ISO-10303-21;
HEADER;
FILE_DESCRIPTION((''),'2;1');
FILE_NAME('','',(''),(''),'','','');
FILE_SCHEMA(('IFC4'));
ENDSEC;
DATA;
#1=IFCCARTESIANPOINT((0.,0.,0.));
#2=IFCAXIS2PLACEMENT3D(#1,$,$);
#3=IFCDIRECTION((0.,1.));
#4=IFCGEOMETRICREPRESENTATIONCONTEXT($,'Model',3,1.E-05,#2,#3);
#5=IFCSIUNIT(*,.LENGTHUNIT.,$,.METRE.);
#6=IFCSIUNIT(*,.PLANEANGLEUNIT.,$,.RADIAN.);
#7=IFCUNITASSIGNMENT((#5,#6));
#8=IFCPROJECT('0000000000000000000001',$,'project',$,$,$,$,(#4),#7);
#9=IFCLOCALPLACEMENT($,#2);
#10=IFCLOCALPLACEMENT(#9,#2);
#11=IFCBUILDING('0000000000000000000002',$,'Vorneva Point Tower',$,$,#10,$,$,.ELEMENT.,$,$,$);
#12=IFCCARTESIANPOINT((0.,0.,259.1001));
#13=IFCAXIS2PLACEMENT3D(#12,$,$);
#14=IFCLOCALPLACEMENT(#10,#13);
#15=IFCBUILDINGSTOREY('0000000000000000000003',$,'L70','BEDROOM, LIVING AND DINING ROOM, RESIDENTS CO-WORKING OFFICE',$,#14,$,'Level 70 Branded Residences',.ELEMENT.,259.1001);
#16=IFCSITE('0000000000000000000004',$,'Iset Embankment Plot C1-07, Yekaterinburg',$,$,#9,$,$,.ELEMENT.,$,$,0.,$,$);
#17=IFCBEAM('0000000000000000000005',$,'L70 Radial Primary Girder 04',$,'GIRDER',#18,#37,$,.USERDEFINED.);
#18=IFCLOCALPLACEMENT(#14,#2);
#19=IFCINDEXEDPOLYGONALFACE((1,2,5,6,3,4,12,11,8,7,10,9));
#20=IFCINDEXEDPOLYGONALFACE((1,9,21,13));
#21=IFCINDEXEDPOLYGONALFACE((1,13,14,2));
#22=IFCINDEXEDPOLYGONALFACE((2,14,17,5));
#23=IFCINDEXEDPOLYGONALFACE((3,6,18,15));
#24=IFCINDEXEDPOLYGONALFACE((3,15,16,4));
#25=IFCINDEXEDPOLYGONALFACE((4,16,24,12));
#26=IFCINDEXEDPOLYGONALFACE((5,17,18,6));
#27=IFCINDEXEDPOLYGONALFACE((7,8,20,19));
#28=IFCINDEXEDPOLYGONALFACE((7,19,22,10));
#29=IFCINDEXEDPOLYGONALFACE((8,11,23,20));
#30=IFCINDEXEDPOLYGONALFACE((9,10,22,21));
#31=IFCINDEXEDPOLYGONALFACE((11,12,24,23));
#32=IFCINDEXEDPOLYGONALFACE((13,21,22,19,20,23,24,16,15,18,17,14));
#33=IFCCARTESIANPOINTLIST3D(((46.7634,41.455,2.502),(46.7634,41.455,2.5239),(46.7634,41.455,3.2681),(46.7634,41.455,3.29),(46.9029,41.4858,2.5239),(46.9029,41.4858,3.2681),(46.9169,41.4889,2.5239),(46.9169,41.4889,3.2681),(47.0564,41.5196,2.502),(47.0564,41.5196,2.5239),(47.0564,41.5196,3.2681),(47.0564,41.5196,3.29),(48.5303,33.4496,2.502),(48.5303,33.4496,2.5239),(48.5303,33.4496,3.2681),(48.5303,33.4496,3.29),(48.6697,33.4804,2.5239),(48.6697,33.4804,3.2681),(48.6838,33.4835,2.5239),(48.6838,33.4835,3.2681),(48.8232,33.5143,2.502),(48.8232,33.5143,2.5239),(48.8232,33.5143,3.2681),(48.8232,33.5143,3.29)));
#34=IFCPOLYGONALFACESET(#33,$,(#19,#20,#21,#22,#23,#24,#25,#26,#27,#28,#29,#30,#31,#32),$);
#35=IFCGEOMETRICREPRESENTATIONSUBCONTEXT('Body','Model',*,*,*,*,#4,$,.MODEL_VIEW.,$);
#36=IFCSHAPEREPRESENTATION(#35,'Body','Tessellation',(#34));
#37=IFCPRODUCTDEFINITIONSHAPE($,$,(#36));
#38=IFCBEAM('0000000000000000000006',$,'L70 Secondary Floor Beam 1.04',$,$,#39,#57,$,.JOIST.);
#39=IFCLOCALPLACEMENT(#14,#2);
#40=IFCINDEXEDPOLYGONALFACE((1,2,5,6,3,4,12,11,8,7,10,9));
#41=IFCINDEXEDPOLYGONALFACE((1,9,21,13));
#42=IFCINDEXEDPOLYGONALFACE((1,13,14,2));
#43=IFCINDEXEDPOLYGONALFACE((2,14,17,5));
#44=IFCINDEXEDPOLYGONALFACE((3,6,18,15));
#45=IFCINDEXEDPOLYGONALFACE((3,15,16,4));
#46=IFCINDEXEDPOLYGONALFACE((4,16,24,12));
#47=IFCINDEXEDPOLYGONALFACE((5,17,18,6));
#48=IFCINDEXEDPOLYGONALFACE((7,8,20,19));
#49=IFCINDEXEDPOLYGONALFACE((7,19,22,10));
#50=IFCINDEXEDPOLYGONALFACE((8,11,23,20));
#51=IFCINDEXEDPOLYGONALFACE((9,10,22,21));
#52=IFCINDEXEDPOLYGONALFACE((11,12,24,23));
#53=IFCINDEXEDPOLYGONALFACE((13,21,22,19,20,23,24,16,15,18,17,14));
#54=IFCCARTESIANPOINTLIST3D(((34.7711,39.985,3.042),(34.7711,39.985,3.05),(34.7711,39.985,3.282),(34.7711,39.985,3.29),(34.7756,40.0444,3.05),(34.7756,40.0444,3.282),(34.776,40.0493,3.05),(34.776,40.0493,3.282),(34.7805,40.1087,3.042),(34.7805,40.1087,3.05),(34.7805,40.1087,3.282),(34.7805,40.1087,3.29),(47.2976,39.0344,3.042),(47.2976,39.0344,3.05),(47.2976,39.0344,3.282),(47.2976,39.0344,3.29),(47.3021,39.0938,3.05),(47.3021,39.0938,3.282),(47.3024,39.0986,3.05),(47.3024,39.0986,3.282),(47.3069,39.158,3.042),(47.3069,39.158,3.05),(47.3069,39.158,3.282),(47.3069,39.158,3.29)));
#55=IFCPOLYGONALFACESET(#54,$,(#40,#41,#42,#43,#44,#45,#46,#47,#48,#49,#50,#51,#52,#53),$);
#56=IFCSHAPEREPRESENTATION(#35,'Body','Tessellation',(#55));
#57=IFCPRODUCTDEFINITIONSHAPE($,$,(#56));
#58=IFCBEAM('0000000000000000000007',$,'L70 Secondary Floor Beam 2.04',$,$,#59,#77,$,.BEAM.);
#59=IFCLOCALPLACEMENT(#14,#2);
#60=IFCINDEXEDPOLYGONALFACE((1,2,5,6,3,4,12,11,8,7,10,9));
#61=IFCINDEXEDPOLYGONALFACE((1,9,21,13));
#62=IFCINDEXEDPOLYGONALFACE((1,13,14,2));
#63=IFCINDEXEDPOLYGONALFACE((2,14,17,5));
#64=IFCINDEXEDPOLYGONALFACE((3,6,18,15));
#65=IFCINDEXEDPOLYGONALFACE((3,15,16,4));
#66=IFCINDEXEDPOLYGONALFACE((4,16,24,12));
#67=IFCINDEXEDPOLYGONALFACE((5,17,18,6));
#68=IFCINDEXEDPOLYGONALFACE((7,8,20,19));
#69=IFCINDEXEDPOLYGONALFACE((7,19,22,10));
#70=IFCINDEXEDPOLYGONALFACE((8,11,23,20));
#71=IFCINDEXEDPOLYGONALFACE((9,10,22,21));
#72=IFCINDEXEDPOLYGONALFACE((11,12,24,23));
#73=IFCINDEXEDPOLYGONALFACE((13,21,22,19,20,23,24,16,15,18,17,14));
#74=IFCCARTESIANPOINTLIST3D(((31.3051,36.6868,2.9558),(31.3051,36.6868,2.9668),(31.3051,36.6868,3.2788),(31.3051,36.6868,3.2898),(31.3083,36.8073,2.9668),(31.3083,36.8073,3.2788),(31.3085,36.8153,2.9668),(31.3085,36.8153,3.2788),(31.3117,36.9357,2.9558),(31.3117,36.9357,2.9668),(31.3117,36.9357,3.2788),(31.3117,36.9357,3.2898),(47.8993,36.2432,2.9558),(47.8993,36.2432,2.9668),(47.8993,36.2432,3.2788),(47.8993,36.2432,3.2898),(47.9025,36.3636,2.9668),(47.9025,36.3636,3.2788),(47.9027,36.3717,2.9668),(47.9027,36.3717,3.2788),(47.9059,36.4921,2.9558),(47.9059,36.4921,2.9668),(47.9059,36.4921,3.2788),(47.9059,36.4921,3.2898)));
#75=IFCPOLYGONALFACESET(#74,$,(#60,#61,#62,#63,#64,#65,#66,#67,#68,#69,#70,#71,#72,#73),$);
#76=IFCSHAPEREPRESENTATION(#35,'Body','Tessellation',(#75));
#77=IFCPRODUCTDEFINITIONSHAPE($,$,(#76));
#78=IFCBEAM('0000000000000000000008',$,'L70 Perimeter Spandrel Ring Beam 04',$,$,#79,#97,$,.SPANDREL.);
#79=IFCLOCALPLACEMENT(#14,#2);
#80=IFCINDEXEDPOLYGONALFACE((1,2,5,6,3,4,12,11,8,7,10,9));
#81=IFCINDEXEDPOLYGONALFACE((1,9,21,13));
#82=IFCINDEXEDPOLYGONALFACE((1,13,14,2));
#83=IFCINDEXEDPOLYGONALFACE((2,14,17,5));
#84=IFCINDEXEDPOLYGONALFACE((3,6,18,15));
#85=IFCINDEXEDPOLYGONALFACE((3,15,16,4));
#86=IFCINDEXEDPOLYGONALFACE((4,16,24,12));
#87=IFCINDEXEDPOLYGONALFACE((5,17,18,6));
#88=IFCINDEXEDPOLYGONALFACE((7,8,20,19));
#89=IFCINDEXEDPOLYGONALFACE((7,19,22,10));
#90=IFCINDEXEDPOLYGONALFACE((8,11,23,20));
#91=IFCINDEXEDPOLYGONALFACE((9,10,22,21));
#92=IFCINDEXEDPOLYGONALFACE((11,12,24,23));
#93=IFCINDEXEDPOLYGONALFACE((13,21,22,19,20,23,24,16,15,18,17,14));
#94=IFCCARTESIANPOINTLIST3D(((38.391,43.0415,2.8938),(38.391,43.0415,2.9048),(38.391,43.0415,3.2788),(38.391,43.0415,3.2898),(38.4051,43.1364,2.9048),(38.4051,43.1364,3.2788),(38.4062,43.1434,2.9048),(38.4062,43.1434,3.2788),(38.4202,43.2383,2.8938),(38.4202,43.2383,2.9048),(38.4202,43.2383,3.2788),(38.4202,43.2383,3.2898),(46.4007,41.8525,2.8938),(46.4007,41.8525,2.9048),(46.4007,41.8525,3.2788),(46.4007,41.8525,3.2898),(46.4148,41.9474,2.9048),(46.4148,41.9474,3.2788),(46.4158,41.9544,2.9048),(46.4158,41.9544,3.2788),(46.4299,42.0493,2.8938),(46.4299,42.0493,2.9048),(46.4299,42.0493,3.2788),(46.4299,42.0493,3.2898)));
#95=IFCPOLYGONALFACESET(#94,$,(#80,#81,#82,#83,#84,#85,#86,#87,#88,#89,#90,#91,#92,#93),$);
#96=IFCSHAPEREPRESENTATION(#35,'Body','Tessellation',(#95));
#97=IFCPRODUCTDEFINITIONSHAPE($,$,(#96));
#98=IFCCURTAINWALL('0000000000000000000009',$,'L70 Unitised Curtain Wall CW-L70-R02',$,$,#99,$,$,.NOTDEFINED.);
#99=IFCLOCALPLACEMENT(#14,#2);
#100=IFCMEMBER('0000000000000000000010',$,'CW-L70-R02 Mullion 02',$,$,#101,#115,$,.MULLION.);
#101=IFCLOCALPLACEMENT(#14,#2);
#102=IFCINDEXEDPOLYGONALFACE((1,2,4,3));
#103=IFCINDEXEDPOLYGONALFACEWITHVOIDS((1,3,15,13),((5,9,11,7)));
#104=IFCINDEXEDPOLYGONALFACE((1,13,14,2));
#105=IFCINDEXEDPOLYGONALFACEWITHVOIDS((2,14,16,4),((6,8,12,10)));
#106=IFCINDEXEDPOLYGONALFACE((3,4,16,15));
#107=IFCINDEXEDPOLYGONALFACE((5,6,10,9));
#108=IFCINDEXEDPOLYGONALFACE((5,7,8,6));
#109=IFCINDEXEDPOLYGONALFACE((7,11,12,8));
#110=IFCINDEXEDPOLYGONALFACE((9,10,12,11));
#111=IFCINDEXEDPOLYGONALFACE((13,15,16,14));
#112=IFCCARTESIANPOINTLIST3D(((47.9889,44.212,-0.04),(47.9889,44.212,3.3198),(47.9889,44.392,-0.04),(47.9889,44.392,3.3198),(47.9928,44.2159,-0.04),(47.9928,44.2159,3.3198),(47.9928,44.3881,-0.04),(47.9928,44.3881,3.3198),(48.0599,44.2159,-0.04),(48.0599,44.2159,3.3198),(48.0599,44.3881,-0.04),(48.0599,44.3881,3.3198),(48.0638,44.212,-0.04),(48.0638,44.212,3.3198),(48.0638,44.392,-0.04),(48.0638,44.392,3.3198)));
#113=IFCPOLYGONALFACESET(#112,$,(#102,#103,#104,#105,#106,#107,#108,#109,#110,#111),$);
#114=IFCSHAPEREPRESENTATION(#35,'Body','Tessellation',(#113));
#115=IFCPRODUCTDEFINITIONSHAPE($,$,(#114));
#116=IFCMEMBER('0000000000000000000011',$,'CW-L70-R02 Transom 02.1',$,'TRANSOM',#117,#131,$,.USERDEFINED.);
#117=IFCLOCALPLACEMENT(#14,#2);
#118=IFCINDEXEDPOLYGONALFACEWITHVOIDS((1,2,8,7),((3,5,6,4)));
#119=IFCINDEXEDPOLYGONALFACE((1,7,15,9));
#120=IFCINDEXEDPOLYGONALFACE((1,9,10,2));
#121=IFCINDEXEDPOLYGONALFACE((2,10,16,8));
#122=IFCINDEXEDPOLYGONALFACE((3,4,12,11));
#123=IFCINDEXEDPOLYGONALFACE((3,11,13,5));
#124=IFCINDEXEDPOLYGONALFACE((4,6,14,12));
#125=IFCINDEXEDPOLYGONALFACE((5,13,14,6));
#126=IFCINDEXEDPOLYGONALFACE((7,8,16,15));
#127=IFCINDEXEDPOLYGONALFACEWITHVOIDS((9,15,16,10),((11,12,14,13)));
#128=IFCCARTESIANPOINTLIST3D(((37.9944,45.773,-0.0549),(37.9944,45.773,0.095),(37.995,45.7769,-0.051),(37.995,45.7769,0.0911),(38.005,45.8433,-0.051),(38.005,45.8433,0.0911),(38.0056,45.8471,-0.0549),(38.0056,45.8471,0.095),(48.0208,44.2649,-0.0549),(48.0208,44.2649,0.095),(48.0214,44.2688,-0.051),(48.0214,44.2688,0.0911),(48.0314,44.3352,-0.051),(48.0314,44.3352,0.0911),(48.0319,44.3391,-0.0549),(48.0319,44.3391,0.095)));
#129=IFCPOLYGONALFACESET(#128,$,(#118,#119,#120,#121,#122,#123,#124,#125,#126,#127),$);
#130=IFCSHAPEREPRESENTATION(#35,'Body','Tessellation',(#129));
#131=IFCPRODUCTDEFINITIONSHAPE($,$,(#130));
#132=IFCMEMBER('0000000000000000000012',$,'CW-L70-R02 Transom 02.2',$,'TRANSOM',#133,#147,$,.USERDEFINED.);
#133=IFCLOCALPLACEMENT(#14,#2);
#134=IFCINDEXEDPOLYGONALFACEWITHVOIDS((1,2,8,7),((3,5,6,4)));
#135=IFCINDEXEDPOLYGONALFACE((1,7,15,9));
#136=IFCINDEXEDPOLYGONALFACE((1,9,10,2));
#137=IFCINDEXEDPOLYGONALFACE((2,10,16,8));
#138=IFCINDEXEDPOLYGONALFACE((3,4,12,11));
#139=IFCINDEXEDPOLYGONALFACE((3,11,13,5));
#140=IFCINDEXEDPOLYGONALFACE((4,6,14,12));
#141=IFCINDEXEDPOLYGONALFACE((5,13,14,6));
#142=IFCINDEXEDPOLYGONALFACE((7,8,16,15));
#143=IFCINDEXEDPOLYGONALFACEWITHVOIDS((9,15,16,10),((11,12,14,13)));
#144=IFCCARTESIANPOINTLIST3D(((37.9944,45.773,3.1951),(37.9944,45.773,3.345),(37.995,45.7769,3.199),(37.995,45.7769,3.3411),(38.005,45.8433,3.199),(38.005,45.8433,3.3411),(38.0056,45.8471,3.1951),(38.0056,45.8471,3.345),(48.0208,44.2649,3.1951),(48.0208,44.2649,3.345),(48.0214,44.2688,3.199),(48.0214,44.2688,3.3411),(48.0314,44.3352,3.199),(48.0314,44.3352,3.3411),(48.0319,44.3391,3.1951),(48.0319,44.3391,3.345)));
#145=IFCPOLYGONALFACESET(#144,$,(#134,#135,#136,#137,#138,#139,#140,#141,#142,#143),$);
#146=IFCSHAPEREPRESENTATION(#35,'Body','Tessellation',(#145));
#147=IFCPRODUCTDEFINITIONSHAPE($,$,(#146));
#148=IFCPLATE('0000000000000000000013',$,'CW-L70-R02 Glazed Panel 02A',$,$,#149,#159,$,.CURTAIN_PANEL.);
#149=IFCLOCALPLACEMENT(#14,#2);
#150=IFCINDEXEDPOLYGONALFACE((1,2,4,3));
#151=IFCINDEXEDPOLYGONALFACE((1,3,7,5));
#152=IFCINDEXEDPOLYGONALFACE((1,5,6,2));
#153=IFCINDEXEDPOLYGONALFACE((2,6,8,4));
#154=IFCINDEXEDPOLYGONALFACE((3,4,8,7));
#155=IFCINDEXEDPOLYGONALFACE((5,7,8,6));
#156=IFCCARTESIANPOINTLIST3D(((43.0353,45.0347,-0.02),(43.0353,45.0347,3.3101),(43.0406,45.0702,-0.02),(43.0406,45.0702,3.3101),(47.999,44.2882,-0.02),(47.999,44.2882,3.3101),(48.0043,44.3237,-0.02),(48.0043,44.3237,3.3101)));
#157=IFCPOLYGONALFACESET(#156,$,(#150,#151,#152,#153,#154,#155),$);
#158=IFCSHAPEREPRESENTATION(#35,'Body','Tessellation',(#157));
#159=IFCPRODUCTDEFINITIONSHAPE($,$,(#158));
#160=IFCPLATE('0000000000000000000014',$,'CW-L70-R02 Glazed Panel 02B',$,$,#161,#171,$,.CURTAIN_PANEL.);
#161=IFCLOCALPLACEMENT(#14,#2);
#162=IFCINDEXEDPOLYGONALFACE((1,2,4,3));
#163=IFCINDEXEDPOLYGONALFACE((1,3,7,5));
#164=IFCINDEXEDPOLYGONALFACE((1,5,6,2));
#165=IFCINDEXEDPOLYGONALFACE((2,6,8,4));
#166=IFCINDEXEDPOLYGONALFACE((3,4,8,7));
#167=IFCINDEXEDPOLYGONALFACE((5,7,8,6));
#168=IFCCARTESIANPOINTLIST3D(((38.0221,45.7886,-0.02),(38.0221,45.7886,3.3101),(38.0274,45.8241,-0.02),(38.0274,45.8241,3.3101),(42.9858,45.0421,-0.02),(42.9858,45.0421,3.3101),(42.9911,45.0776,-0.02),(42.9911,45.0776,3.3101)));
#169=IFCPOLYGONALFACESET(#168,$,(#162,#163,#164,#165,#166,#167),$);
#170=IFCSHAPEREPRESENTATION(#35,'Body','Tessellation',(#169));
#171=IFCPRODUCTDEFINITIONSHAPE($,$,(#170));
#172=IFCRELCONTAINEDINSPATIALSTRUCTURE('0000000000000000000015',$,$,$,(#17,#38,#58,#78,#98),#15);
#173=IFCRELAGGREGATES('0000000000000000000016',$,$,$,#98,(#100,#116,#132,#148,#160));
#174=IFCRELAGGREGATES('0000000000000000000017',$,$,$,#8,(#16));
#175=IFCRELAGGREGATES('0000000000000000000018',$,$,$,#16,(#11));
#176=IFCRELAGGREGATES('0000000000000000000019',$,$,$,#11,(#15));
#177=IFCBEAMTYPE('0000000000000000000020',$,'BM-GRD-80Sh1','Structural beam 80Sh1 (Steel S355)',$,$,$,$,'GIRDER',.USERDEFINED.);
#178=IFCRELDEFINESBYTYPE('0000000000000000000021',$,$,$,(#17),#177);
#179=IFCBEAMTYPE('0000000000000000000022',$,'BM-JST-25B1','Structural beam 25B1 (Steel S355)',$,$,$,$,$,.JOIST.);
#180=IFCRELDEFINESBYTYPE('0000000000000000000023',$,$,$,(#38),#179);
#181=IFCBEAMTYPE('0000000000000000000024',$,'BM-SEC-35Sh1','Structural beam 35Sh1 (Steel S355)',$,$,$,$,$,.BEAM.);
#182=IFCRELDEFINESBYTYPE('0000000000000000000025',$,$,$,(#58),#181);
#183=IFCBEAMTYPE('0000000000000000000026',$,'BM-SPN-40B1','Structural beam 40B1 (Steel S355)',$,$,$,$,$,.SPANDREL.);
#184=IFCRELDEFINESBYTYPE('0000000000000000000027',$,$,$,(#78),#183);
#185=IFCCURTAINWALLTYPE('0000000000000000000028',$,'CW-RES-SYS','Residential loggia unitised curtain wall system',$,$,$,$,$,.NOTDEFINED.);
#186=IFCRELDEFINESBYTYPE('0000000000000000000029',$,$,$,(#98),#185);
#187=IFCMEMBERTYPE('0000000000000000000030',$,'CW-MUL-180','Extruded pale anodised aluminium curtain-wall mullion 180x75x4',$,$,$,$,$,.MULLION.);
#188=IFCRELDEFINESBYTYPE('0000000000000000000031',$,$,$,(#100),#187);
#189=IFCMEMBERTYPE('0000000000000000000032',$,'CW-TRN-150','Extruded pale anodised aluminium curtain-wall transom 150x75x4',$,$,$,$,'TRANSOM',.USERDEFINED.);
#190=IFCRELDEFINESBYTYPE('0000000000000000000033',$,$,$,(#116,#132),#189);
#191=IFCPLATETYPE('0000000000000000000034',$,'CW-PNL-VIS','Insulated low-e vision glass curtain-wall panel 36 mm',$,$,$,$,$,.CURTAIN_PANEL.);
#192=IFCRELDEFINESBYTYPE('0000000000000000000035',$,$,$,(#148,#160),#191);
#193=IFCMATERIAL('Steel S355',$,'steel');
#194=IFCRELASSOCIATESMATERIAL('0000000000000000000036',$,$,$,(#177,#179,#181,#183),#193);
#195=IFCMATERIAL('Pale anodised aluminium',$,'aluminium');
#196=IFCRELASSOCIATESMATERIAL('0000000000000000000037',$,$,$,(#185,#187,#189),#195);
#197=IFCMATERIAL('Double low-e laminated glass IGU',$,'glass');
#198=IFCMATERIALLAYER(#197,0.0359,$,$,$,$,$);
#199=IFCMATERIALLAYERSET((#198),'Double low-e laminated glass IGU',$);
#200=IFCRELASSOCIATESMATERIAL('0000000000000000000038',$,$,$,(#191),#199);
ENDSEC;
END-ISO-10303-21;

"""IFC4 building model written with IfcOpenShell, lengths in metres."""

from ifc_helpers import new_model, si_unit, direction, frame, origin, origin_2d, place, context, subcontext, project, spatial, rectangle, hollow_rectangle, i_section, extrude, material, layer, layer_set, material_profile, profile_set, type_object, element, aggregate, save


model = new_model("IFC4")

# Units and contexts
model_context = context("Model", 3, precision=1e-05, world=origin(), true_north=direction((0.0, 1.0)))
body_context = subcontext(model_context, "Body", "Model", "MODEL_VIEW")
ifc_project = project(units=[si_unit("LENGTHUNIT", "METRE"), si_unit("PLANEANGLEUNIT", "RADIAN")], contexts=[model_context])

# Site, building, storey
site_placement = place(None, origin())
site = spatial("IfcSite", under=ifc_project, at=site_placement, Name="Iset Embankment Plot C1-07, Yekaterinburg", CompositionType="ELEMENT", RefElevation=0.0)
building_placement = place(site_placement, origin())
building = spatial("IfcBuilding", under=site, at=building_placement, Name="Vorneva Point Tower", CompositionType="ELEMENT")
storey_placement = place(building_placement, frame((0.0, 0.0, 259.1001)))
storey = spatial("IfcBuildingStorey", under=building, at=storey_placement, Name="L70", Description="BEDROOM, LIVING AND DINING ROOM, RESIDENTS CO-WORKING OFFICE", LongName="Level 70 Branded Residences", CompositionType="ELEMENT", Elevation=259.1001)

# Beams
ifc_material_1 = material(Name="Steel S355", Category="steel")
ifc_material_profile_1 = material_profile(ifc_material_1, i_section(OverallWidth=0.3, OverallDepth=0.7881, WebThickness=0.0144, FlangeThickness=0.022, at=origin_2d()), Name="80Sh1")
ifc_profile_set_1 = profile_set([ifc_material_profile_1], Name="Steel S355")
beam_type_1 = type_object("IfcBeamType", Name="BM-GRD-80Sh1", Description="Structural beam 80Sh1 (Steel S355)", ElementType="GIRDER", PredefinedType="USERDEFINED", material=ifc_profile_set_1)
beam_1_placement = place(storey_placement, frame((46.9099, 41.4873, 2.896), z_axis=(0.215521, -0.976499, 0.0), x_axis=(0.976499, 0.215521, 0.0)))
element("IfcBeam", 1, at=beam_1_placement, inside=storey, type_object=beam_type_1, Name="L70 Radial Primary Girder 04", ObjectType="GIRDER", PredefinedType="USERDEFINED", context=body_context, shape_type="SweptSolid", body=[
    extrude(i_section(OverallWidth=0.3, OverallDepth=0.7881, WebThickness=0.0144, FlangeThickness=0.022, at=origin_2d()), origin(), (0.0, 0.0, 1.0), 8.198),
])
ifc_material_profile_2 = material_profile(ifc_material_1, i_section(OverallWidth=0.124, OverallDepth=0.248, WebThickness=0.0049, FlangeThickness=0.0081, at=origin_2d()), Name="25B1")
ifc_profile_set_2 = profile_set([ifc_material_profile_2], Name="Steel S355")
beam_type_2 = type_object("IfcBeamType", Name="BM-JST-25B1", Description="Structural beam 25B1 (Steel S355)", PredefinedType="JOIST", material=ifc_profile_set_2)
beam_2_placement = place(storey_placement, frame((47.3022, 39.0962, 3.166), z_axis=(-0.997132, 0.075677, 0.0), x_axis=(-0.075677, -0.997132, 0.0)))
element("IfcBeam", 2, at=beam_2_placement, inside=storey, type_object=beam_type_2, Name="L70 Secondary Floor Beam 1.04", PredefinedType="JOIST", context=body_context, shape_type="SweptSolid", body=[
    extrude(i_section(OverallWidth=0.124, OverallDepth=0.248, WebThickness=0.0049, FlangeThickness=0.0081, at=origin_2d()), origin(), (0.0, 0.0, 1.0), 12.5625),
])
ifc_material_profile_3 = material_profile(ifc_material_1, i_section(OverallWidth=0.249, OverallDepth=0.334, WebThickness=0.0081, FlangeThickness=0.011, at=origin_2d()), Name="35Sh1")
ifc_profile_set_3 = profile_set([ifc_material_profile_3], Name="Steel S355")
beam_type_3 = type_object("IfcBeamType", Name="BM-SEC-35Sh1", Description="Structural beam 35Sh1 (Steel S355)", PredefinedType="BEAM", material=ifc_profile_set_3)
beam_3_placement = place(storey_placement, frame((47.9026, 36.3677, 3.1228), z_axis=(-0.999643, 0.026723, 0.0), x_axis=(-0.026723, -0.999643, 0.0)))
element("IfcBeam", 3, at=beam_3_placement, inside=storey, type_object=beam_type_3, Name="L70 Secondary Floor Beam 2.04", PredefinedType="BEAM", context=body_context, shape_type="SweptSolid", body=[
    extrude(i_section(OverallWidth=0.249, OverallDepth=0.334, WebThickness=0.0081, FlangeThickness=0.011, at=origin_2d()), origin(), (0.0, 0.0, 1.0), 16.6001),
])
ifc_material_profile_4 = material_profile(ifc_material_1, i_section(OverallWidth=0.199, OverallDepth=0.396, WebThickness=0.0071, FlangeThickness=0.011, at=origin_2d()), Name="40B1")
ifc_profile_set_4 = profile_set([ifc_material_profile_4], Name="Steel S355")
beam_type_4 = type_object("IfcBeamType", Name="BM-SPN-40B1", Description="Structural beam 40B1 (Steel S355)", PredefinedType="SPANDREL", material=ifc_profile_set_4)
beam_4_placement = place(storey_placement, frame((46.4153, 41.9509, 3.0918), z_axis=(-0.989162, 0.146831, 0.0), x_axis=(-0.146831, -0.989162, 0.0)))
element("IfcBeam", 4, at=beam_4_placement, inside=storey, type_object=beam_type_4, Name="L70 Perimeter Spandrel Ring Beam 04", PredefinedType="SPANDREL", context=body_context, shape_type="SweptSolid", body=[
    extrude(i_section(OverallWidth=0.199, OverallDepth=0.396, WebThickness=0.0071, FlangeThickness=0.011, at=origin_2d()), origin(), (0.0, 0.0, 1.0), 8.0974),
])

# Curtain wall, members, plates
ifc_material_2 = material(Name="Pale anodised aluminium", Category="aluminium")
curtain_wall_type = type_object("IfcCurtainWallType", Name="CW-RES-SYS", Description="Residential loggia unitised curtain wall system", PredefinedType="NOTDEFINED", material=ifc_material_2)
curtain_wall_placement = place(storey_placement, origin())
curtain_wall = element("IfcCurtainWall", 5, at=curtain_wall_placement, inside=storey, type_object=curtain_wall_type, Name="L70 Unitised Curtain Wall CW-L70-R02", PredefinedType="NOTDEFINED")
ifc_material_profile_5 = material_profile(ifc_material_2, hollow_rectangle(XDim=0.075, YDim=0.1799, WallThickness=0.0039, at=origin_2d()), Name="AL-MUL 180x75x4")
ifc_profile_set_5 = profile_set([ifc_material_profile_5], Name="Pale anodised aluminium")
member_type_1 = type_object("IfcMemberType", Name="CW-MUL-180", Description="Extruded pale anodised aluminium curtain-wall mullion 180x75x4", PredefinedType="MULLION", material=ifc_profile_set_5)
member_1_placement = place(storey_placement, frame((48.0264, 44.302, -0.04), z_axis=(0.0, 0.0, 1.0), x_axis=(1.0, 0.0, 0.0)))
member_1 = element("IfcMember", 6, at=member_1_placement, type_object=member_type_1, Name="CW-L70-R02 Mullion 02", PredefinedType="MULLION", context=body_context, shape_type="SweptSolid", body=[
    extrude(hollow_rectangle(XDim=0.075, YDim=0.1799, WallThickness=0.0039, at=origin_2d()), origin(), (0.0, 0.0, 1.0), 3.3599),
])
ifc_material_profile_6 = material_profile(ifc_material_2, hollow_rectangle(XDim=0.075, YDim=0.1499, WallThickness=0.0039, at=origin_2d()), Name="AL-TRN 150x75x4")
ifc_profile_set_6 = profile_set([ifc_material_profile_6], Name="Pale anodised aluminium")
member_type_2 = type_object("IfcMemberType", Name="CW-TRN-150", Description="Extruded pale anodised aluminium curtain-wall transom 150x75x4", ElementType="TRANSOM", PredefinedType="USERDEFINED", material=ifc_profile_set_6)
member_2_placement = place(storey_placement, frame((48.0264, 44.302, 0.02), z_axis=(-0.988877, 0.148736, 0.0), x_axis=(-0.148736, -0.988877, 0.0)))
member_2 = element("IfcMember", 7, at=member_2_placement, type_object=member_type_2, Name="CW-L70-R02 Transom 02.1", ObjectType="TRANSOM", PredefinedType="USERDEFINED", context=body_context, shape_type="SweptSolid", body=[
    extrude(hollow_rectangle(XDim=0.075, YDim=0.1499, WallThickness=0.0039, at=origin_2d()), origin(), (0.0, 0.0, 1.0), 10.1392),
])
member_3_placement = place(storey_placement, frame((48.0264, 44.302, 3.27), z_axis=(-0.988877, 0.148736, 0.0), x_axis=(-0.148736, -0.988877, 0.0)))
member_3 = element("IfcMember", 8, at=member_3_placement, type_object=member_type_2, Name="CW-L70-R02 Transom 02.2", ObjectType="TRANSOM", PredefinedType="USERDEFINED", context=body_context, shape_type="SweptSolid", body=[
    extrude(hollow_rectangle(XDim=0.075, YDim=0.1499, WallThickness=0.0039, at=origin_2d()), origin(), (0.0, 0.0, 1.0), 10.1392),
])
ifc_material_3 = material(Name="Double low-e laminated glass IGU", Category="glass")
ifc_layer_1 = layer(ifc_material_3, 0.0359)
ifc_layer_set_1 = layer_set([ifc_layer_1], Name="Double low-e laminated glass IGU")
plate_type = type_object("IfcPlateType", Name="CW-PNL-VIS", Description="Insulated low-e vision glass curtain-wall panel 36 mm", PredefinedType="CURTAIN_PANEL", material=ifc_layer_set_1)
plate_1_placement = place(storey_placement, frame((45.5198, 44.6792, -0.02), z_axis=(0.0, 0.0, 1.0), x_axis=(-0.988879, 0.148724, 0.0)))
plate_1 = element("IfcPlate", 9, at=plate_1_placement, type_object=plate_type, Name="CW-L70-R02 Glazed Panel 02A", PredefinedType="CURTAIN_PANEL", context=body_context, shape_type="SweptSolid", body=[
    extrude(rectangle(XDim=5.0195, YDim=0.0359, at=origin_2d()), origin(), (0.0, 0.0, 1.0), 3.3301),
])
plate_2_placement = place(storey_placement, frame((40.5066, 45.4331, -0.02), z_axis=(0.0, 0.0, 1.0), x_axis=(-0.988879, 0.148724, 0.0)))
plate_2 = element("IfcPlate", 10, at=plate_2_placement, type_object=plate_type, Name="CW-L70-R02 Glazed Panel 02B", PredefinedType="CURTAIN_PANEL", context=body_context, shape_type="SweptSolid", body=[
    extrude(rectangle(XDim=5.0195, YDim=0.0359, at=origin_2d()), origin(), (0.0, 0.0, 1.0), 3.3301),
])
aggregate(curtain_wall, [member_1, member_2, member_3, plate_1, plate_2])

save(model, "model.ifc")
